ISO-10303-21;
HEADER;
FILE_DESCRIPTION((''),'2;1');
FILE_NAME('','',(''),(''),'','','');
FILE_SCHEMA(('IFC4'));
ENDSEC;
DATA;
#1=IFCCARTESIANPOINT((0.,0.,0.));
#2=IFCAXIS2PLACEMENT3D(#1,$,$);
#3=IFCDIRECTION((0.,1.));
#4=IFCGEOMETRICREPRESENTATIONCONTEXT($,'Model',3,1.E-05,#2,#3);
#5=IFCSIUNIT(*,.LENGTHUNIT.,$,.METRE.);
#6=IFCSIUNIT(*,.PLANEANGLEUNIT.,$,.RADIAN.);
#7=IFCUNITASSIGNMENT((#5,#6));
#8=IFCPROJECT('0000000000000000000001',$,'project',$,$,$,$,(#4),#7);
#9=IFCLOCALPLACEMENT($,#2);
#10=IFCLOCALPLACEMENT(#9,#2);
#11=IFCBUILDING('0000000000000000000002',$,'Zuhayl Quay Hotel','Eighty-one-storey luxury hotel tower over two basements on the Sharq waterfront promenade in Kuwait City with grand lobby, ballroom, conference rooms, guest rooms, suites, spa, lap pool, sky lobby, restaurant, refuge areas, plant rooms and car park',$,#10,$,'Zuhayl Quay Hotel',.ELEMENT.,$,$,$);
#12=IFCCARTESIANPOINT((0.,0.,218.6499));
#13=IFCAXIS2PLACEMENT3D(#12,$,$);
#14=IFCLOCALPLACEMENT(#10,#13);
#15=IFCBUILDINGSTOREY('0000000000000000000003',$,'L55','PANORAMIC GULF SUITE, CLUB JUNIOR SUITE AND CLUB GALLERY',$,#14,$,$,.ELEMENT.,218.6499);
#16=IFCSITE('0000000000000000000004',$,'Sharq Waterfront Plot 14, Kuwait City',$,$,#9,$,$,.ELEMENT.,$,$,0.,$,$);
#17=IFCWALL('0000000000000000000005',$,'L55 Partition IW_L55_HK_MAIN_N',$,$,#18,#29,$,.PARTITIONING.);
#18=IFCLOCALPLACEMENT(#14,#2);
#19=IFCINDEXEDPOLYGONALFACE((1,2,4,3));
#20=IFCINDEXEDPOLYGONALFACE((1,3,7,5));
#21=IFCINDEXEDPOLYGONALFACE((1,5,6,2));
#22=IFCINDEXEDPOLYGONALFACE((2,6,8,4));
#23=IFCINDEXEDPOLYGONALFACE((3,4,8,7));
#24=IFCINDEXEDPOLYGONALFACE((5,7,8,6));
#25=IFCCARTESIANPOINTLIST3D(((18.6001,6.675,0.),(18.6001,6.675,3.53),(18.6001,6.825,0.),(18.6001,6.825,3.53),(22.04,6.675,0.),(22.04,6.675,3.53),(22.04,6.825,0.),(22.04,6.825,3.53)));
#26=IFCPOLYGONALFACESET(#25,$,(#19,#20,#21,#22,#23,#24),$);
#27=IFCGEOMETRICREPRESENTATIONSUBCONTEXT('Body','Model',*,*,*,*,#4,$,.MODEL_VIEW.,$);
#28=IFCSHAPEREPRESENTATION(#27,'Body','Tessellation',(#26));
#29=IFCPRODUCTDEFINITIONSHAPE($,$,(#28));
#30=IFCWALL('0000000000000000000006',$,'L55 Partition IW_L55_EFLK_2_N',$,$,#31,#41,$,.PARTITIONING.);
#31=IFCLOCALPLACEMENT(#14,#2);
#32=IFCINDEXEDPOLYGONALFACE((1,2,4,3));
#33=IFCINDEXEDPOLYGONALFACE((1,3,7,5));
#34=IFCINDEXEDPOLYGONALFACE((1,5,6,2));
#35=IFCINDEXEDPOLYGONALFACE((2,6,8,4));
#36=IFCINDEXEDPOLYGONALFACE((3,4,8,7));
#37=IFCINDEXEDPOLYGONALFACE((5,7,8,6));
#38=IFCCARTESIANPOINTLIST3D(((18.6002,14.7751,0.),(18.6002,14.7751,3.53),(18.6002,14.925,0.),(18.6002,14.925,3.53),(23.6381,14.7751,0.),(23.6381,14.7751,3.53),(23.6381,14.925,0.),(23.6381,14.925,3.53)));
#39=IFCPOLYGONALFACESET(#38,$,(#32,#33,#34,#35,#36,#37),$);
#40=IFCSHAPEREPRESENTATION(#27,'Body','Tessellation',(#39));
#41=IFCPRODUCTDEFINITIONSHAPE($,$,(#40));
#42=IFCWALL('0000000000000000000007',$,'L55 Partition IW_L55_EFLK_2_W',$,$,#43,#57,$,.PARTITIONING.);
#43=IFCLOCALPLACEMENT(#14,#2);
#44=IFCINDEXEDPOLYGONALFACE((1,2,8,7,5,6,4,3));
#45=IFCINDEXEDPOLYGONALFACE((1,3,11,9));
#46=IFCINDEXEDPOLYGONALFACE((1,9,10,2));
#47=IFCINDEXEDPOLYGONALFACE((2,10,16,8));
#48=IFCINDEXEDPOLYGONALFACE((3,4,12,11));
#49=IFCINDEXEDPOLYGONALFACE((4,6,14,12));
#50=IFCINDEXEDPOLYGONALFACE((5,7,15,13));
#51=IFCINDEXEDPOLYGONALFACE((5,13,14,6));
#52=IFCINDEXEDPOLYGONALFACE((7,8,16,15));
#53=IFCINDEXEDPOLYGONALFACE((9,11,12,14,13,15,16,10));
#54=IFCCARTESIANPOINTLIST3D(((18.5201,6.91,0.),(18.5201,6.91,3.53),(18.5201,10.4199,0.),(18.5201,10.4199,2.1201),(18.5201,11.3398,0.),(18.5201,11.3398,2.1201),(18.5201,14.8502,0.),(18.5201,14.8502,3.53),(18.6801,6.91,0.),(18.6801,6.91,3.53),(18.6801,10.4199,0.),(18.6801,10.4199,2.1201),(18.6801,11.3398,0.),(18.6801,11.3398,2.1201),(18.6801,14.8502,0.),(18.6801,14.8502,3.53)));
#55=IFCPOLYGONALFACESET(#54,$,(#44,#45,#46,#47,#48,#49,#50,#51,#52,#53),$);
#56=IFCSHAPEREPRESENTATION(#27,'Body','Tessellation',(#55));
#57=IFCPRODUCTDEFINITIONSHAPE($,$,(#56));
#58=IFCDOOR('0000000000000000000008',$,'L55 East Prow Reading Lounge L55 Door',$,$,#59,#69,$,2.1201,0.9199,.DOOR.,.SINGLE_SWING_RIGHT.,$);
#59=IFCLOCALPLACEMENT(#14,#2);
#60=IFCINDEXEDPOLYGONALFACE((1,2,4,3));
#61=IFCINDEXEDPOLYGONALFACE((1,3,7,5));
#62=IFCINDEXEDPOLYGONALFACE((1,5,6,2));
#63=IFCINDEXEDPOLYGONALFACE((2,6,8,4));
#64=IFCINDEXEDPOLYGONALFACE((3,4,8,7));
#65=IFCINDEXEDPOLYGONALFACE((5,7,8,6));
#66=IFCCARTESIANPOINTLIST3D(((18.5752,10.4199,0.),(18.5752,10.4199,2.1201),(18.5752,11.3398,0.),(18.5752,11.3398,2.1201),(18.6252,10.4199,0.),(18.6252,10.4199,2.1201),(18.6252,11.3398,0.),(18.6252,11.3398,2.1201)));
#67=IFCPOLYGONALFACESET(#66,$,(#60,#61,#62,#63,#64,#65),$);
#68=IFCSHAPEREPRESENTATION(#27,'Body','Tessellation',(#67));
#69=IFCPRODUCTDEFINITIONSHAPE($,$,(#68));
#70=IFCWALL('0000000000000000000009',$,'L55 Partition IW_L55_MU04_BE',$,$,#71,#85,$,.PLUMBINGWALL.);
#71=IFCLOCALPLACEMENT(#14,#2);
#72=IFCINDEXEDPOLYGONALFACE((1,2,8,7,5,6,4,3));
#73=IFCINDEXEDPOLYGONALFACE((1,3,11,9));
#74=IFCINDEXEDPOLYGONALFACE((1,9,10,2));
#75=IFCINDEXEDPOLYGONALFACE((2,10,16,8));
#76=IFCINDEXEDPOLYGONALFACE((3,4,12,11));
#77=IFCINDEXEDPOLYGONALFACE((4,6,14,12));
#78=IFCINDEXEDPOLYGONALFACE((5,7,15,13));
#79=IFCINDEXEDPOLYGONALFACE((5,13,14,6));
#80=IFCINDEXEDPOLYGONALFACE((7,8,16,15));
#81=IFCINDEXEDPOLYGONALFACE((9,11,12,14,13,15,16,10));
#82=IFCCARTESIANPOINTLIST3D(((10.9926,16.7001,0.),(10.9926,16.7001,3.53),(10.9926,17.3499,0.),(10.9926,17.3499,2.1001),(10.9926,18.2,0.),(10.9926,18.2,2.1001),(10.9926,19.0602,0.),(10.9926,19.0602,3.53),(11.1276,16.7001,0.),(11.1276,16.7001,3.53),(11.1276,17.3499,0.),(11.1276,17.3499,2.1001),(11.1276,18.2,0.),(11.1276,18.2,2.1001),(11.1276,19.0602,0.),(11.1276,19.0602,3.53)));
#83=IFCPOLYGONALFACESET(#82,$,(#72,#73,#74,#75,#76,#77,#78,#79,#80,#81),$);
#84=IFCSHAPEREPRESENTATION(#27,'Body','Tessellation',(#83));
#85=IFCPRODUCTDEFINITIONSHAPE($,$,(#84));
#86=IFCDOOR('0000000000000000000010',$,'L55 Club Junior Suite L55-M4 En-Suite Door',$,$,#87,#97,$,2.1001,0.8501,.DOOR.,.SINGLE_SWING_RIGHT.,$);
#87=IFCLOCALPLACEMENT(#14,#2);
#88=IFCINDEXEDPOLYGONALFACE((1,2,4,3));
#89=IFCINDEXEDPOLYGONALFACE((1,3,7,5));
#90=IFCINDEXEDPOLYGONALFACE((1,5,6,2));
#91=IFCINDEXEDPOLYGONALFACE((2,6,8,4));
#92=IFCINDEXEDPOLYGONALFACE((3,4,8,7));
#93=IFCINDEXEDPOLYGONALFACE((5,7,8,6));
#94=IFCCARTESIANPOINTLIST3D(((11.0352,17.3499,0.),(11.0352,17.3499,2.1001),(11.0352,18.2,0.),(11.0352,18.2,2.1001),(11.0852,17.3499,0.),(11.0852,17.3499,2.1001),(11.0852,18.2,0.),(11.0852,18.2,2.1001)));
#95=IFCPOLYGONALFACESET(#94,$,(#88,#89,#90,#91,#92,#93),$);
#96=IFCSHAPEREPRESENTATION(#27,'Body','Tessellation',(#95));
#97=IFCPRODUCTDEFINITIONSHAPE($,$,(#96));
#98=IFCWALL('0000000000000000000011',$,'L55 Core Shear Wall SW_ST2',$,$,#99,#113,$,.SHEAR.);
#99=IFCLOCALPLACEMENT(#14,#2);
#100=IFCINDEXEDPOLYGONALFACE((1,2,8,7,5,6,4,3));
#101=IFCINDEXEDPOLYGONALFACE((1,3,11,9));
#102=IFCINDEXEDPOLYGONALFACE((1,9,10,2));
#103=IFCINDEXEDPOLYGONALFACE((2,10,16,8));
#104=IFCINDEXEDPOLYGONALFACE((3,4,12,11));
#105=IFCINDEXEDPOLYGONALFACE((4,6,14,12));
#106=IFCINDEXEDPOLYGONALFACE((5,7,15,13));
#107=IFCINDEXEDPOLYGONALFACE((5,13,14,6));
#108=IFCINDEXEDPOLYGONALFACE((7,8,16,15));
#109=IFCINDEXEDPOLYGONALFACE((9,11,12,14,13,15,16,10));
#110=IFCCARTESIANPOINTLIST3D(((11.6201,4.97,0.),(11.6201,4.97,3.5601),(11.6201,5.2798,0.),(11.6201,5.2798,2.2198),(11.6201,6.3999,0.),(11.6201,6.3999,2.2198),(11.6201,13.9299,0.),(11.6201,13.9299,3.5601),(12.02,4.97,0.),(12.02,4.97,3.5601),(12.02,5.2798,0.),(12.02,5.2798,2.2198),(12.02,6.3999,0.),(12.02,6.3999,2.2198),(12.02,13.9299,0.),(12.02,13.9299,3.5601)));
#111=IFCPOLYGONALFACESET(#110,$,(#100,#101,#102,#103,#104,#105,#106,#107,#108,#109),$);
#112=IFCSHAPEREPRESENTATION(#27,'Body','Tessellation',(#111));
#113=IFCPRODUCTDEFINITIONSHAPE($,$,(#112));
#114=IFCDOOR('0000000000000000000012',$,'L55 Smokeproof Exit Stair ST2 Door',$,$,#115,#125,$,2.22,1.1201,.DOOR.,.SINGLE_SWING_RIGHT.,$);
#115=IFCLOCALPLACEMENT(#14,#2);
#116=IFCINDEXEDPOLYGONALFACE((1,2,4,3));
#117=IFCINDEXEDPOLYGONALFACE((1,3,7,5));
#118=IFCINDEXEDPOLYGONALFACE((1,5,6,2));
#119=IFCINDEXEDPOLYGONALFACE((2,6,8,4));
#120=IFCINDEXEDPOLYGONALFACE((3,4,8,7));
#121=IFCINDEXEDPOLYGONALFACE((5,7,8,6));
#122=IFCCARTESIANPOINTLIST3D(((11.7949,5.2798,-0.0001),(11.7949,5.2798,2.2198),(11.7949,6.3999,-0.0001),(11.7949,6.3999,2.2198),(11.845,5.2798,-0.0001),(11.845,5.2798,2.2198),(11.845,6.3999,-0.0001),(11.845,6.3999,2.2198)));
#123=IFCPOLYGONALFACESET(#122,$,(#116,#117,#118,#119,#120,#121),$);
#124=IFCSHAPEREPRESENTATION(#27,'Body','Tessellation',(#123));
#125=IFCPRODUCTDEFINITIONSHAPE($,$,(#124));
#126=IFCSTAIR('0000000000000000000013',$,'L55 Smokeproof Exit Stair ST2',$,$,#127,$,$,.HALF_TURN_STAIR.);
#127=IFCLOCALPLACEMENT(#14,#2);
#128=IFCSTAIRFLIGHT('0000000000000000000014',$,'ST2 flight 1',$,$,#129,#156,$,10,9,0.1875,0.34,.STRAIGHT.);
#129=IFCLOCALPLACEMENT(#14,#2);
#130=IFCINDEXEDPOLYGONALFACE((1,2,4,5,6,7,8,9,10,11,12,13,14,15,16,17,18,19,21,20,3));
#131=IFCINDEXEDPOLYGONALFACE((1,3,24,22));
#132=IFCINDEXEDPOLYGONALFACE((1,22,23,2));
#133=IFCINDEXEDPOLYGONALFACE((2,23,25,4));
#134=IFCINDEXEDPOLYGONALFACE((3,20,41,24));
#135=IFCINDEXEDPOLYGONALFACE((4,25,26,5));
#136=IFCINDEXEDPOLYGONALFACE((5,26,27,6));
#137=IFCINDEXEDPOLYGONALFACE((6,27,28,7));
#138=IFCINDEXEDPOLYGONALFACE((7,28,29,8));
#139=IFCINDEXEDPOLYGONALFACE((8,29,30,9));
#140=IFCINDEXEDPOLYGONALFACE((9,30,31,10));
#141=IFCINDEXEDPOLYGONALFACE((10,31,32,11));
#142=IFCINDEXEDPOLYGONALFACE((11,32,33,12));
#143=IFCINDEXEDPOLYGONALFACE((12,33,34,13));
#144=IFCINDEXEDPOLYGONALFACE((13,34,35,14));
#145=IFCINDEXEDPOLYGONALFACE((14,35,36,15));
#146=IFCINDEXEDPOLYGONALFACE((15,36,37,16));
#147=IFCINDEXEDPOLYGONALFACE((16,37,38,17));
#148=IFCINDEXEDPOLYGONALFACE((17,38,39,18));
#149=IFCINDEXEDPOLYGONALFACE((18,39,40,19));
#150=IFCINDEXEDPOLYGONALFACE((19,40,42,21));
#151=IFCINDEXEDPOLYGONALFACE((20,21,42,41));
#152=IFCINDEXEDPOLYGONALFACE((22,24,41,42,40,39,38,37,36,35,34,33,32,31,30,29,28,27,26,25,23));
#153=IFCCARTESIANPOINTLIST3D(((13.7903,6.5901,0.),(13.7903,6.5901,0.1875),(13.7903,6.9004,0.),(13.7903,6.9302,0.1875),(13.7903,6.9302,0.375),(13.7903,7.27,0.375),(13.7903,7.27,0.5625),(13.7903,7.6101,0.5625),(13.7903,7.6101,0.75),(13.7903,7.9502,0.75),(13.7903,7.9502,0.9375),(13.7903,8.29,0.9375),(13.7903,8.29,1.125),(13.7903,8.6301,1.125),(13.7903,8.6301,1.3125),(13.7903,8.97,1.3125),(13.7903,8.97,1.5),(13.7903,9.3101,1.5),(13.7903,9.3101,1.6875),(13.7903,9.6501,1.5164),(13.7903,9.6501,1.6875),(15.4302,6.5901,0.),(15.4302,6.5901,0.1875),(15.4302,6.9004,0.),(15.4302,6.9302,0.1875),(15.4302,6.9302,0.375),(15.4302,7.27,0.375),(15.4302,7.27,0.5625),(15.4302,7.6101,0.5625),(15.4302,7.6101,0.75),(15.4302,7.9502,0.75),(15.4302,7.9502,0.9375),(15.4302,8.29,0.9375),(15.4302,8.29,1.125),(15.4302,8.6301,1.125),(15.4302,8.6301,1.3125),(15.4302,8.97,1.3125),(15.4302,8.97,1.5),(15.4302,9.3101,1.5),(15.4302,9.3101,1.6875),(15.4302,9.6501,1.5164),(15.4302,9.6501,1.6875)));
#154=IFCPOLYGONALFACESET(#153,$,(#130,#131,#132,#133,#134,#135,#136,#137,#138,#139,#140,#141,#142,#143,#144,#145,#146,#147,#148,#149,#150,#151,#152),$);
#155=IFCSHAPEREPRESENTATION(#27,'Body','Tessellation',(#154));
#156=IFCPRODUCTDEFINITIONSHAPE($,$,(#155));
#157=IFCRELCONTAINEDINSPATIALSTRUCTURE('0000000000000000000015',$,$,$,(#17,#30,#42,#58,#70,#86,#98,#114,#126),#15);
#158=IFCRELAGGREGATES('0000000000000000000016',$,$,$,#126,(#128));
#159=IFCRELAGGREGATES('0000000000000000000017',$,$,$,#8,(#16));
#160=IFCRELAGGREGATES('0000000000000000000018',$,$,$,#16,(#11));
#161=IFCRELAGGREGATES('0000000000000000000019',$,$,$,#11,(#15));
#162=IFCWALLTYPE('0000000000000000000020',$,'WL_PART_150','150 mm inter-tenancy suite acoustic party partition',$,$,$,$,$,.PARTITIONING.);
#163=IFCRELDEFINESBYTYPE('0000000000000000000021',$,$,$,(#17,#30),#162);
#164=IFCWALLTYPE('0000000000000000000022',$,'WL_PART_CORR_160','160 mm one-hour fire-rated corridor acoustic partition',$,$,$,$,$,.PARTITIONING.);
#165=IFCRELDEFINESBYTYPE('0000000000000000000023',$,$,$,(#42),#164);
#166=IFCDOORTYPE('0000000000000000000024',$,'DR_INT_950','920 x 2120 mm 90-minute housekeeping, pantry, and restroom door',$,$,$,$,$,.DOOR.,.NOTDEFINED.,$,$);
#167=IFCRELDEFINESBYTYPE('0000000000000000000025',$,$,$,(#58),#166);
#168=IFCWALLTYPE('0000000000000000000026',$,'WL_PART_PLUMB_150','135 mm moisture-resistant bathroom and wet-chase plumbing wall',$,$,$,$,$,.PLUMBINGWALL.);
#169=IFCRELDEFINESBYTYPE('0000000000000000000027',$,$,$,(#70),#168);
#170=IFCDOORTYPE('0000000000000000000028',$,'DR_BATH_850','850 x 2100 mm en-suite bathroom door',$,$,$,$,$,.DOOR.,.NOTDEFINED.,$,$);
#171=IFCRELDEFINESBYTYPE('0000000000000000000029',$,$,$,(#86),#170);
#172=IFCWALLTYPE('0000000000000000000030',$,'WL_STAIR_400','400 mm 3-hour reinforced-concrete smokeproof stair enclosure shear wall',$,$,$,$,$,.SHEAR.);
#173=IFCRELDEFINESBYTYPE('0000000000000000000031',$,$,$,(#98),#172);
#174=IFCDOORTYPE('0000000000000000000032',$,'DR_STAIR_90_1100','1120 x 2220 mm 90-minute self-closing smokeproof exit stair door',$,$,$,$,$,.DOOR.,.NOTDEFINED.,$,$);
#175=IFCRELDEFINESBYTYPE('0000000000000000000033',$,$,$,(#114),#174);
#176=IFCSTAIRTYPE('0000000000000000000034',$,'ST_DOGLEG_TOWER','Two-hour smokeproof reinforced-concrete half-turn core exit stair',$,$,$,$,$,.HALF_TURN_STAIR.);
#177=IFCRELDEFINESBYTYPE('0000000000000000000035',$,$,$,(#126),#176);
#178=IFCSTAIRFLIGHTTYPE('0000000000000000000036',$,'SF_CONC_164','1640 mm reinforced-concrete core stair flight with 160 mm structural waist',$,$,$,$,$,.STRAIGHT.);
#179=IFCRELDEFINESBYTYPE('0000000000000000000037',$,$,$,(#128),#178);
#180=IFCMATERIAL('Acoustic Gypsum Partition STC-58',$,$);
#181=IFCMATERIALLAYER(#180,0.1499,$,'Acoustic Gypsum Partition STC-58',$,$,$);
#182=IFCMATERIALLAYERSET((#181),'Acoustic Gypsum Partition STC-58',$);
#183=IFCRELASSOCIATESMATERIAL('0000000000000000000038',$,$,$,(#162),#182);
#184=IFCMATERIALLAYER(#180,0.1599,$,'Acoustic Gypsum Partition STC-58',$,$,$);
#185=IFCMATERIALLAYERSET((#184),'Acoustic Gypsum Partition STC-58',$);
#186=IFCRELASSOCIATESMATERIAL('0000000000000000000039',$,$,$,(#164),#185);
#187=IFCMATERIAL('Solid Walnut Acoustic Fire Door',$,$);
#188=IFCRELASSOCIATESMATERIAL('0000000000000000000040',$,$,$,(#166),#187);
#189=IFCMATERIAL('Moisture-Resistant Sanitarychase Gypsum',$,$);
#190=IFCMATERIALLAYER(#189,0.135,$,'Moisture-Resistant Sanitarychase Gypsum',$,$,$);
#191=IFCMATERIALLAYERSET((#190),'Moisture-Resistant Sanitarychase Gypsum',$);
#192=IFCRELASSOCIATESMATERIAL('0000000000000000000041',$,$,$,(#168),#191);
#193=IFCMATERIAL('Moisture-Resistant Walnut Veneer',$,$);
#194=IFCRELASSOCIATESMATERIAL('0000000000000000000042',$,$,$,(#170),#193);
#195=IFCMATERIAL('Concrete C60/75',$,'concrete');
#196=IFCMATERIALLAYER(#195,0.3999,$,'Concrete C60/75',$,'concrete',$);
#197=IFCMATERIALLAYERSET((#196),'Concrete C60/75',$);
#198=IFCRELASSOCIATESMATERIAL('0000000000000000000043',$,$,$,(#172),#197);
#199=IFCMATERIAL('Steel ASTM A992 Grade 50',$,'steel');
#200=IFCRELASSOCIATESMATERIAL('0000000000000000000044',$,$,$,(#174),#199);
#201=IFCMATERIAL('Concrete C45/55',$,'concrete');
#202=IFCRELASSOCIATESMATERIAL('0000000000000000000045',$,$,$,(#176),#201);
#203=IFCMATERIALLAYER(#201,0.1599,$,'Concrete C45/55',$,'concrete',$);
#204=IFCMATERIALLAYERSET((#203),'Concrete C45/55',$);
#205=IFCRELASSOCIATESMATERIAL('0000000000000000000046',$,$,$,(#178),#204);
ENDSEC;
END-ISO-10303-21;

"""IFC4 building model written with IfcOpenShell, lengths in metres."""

from ifc_helpers import new_model, si_unit, direction, frame, frame_2d, origin, place, context, subcontext, project, spatial, polyline, rectangle, outline, extrude, material, layer, layer_set, type_object, element, fill, aggregate, save


model = new_model("IFC4")

# Units and contexts
model_context = context("Model", 3, precision=1e-05, world=origin(), true_north=direction((0.0, 1.0)))
body_context = subcontext(model_context, "Body", "Model", "MODEL_VIEW")
ifc_project = project(units=[si_unit("LENGTHUNIT", "METRE"), si_unit("PLANEANGLEUNIT", "RADIAN")], contexts=[model_context])

# Site, building, storey
site_placement = place(None, origin())
site = spatial("IfcSite", under=ifc_project, at=site_placement, Name="Sharq Waterfront Plot 14, Kuwait City", CompositionType="ELEMENT", RefElevation=0.0)
building_placement = place(site_placement, origin())
building = spatial("IfcBuilding", under=site, at=building_placement, Name="Zuhayl Quay Hotel", Description="Eighty-one-storey luxury hotel tower over two basements on the Sharq waterfront promenade in Kuwait City with grand lobby, ballroom, conference rooms, guest rooms, suites, spa, lap pool, sky lobby, restaurant, refuge areas, plant rooms and car park", LongName="Zuhayl Quay Hotel", CompositionType="ELEMENT")
storey_placement = place(building_placement, frame((0.0, 0.0, 218.6499)))
storey = spatial("IfcBuildingStorey", under=building, at=storey_placement, Name="L55", Description="PANORAMIC GULF SUITE, CLUB JUNIOR SUITE AND CLUB GALLERY", CompositionType="ELEMENT", Elevation=218.6499)

# Shared definitions
ifc_material_1 = material(Name="Concrete C60/75", Category="concrete")

# Shared definitions
ifc_material_2 = material(Name="Steel ASTM A992 Grade 50", Category="steel")

# Walls
ifc_material_3 = material(Name="Acoustic Gypsum Partition STC-58")
ifc_layer_1 = layer(ifc_material_3, 0.1499, Name="Acoustic Gypsum Partition STC-58")
ifc_layer_set_1 = layer_set([ifc_layer_1], Name="Acoustic Gypsum Partition STC-58")
wall_type_1 = type_object("IfcWallType", Name="WL_PART_150", Description="150 mm inter-tenancy suite acoustic party partition", PredefinedType="PARTITIONING", material=ifc_layer_set_1)
wall_1_placement = place(storey_placement, frame((18.6001, 6.75, 0.0), z_axis=(0.0, 0.0, 1.0), x_axis=(1.0, 0.0, 0.0)))
element("IfcWall", 1, at=wall_1_placement, inside=storey, type_object=wall_type_1, Name="L55 Partition IW_L55_HK_MAIN_N", PredefinedType="PARTITIONING", context=body_context, shape_type="SweptSolid", body=[
    extrude(rectangle(XDim=3.4399, YDim=0.1499, at=frame_2d((1.72, 0.0))), origin(), (0.0, 0.0, 1.0), 3.53),
])
wall_2_placement = place(storey_placement, frame((18.6001, 14.8501, 0.0), z_axis=(0.0, 0.0, 1.0), x_axis=(1.0, 0.0, 0.0)))
element("IfcWall", 2, at=wall_2_placement, inside=storey, type_object=wall_type_1, Name="L55 Partition IW_L55_EFLK_2_N", PredefinedType="PARTITIONING", context=body_context, shape_type="SweptSolid", body=[
    extrude(rectangle(XDim=5.0378, YDim=0.1499, at=frame_2d((2.519, 0.0))), origin(), (0.0, 0.0, 1.0), 3.53),
])

# Walls, openings, doors
ifc_layer_2 = layer(ifc_material_3, 0.1599, Name="Acoustic Gypsum Partition STC-58")
ifc_layer_set_2 = layer_set([ifc_layer_2], Name="Acoustic Gypsum Partition STC-58")
wall_type_2 = type_object("IfcWallType", Name="WL_PART_CORR_160", Description="160 mm one-hour fire-rated corridor acoustic partition", PredefinedType="PARTITIONING", material=ifc_layer_set_2)
wall_3_placement = place(storey_placement, frame((18.6001, 6.9099, 0.0), z_axis=(0.0, 0.0, 1.0), x_axis=(0.0, 1.0, 0.0)))
wall_3 = element("IfcWall", 3, at=wall_3_placement, inside=storey, type_object=wall_type_2, Name="L55 Partition IW_L55_EFLK_2_W", PredefinedType="PARTITIONING", context=body_context, shape_type="SweptSolid", body=[
    extrude(rectangle(XDim=7.9402, YDim=0.1599, at=frame_2d((3.9702, 0.0))), origin(), (0.0, 0.0, 1.0), 3.53),
])
opening_1_placement = place(wall_3_placement, frame((3.51, 0.0, 0.0)))
opening_1 = element("IfcOpeningElement", 4, at=opening_1_placement, cuts=wall_3, PredefinedType="OPENING", context=body_context, shape_type="SweptSolid", body=[
    extrude(rectangle(XDim=0.9199, YDim=2.1201, at=frame_2d((0.46, 1.0601))), frame((0.0, 0.0898, 0.0), z_axis=(0.0, -1.0, 0.0), x_axis=(1.0, 0.0, 0.0)), (0.0, 0.0, 1.0), 0.1799),
])
ifc_material_4 = material(Name="Solid Walnut Acoustic Fire Door")
door_type_1 = type_object("IfcDoorType", Name="DR_INT_950", Description="920 x 2120 mm 90-minute housekeeping, pantry, and restroom door", OperationType="NOTDEFINED", PredefinedType="DOOR", material=ifc_material_4)
door_1_placement = place(opening_1_placement, origin())
door_1 = element("IfcDoor", 5, at=door_1_placement, inside=storey, type_object=door_type_1, Name="L55 East Prow Reading Lounge L55 Door", OperationType="SINGLE_SWING_RIGHT", OverallHeight=2.1201, OverallWidth=0.9199, PredefinedType="DOOR", context=body_context, shape_type="SweptSolid", body=[
    extrude(rectangle(XDim=0.9199, YDim=2.1201, at=frame_2d((0.46, 1.0601))), frame((0.0, 0.0249, 0.0), z_axis=(0.0, -1.0, 0.0), x_axis=(1.0, 0.0, 0.0)), (0.0, 0.0, 1.0), 0.05),
])
fill(opening_1, door_1)
ifc_material_5 = material(Name="Moisture-Resistant Sanitarychase Gypsum")
ifc_layer_3 = layer(ifc_material_5, 0.135, Name="Moisture-Resistant Sanitarychase Gypsum")
ifc_layer_set_3 = layer_set([ifc_layer_3], Name="Moisture-Resistant Sanitarychase Gypsum")
wall_type_3 = type_object("IfcWallType", Name="WL_PART_PLUMB_150", Description="135 mm moisture-resistant bathroom and wet-chase plumbing wall", PredefinedType="PLUMBINGWALL", material=ifc_layer_set_3)
wall_4_placement = place(storey_placement, frame((11.0601, 16.7, 0.0), z_axis=(0.0, 0.0, 1.0), x_axis=(0.0, 1.0, 0.0)))
wall_4 = element("IfcWall", 6, at=wall_4_placement, inside=storey, type_object=wall_type_3, Name="L55 Partition IW_L55_MU04_BE", PredefinedType="PLUMBINGWALL", context=body_context, shape_type="SweptSolid", body=[
    extrude(rectangle(XDim=2.3601, YDim=0.135, at=frame_2d((1.1802, 0.0))), origin(), (0.0, 0.0, 1.0), 3.53),
])
opening_2_placement = place(wall_4_placement, frame((0.6499, 0.0, 0.0)))
opening_2 = element("IfcOpeningElement", 7, at=opening_2_placement, cuts=wall_4, PredefinedType="OPENING", context=body_context, shape_type="SweptSolid", body=[
    extrude(rectangle(XDim=0.8501, YDim=2.1001, at=frame_2d((0.425, 1.05))), frame((0.0, 0.0774, 0.0), z_axis=(0.0, -1.0, 0.0), x_axis=(1.0, 0.0, 0.0)), (0.0, 0.0, 1.0), 0.155),
])
ifc_material_6 = material(Name="Moisture-Resistant Walnut Veneer")
door_type_2 = type_object("IfcDoorType", Name="DR_BATH_850", Description="850 x 2100 mm en-suite bathroom door", OperationType="NOTDEFINED", PredefinedType="DOOR", material=ifc_material_6)
door_2_placement = place(opening_2_placement, origin())
door_2 = element("IfcDoor", 8, at=door_2_placement, inside=storey, type_object=door_type_2, Name="L55 Club Junior Suite L55-M4 En-Suite Door", OperationType="SINGLE_SWING_RIGHT", OverallHeight=2.1001, OverallWidth=0.8501, PredefinedType="DOOR", context=body_context, shape_type="SweptSolid", body=[
    extrude(rectangle(XDim=0.8501, YDim=2.1001, at=frame_2d((0.425, 1.05))), frame((0.0, 0.0249, 0.0), z_axis=(0.0, -1.0, 0.0), x_axis=(1.0, 0.0, 0.0)), (0.0, 0.0, 1.0), 0.05),
])
fill(opening_2, door_2)
ifc_layer_4 = layer(ifc_material_1, 0.3999, Name="Concrete C60/75", Category="concrete")
ifc_layer_set_4 = layer_set([ifc_layer_4], Name="Concrete C60/75")
wall_type_4 = type_object("IfcWallType", Name="WL_STAIR_400", Description="400 mm 3-hour reinforced-concrete smokeproof stair enclosure shear wall", PredefinedType="SHEAR", material=ifc_layer_set_4)
wall_5_placement = place(storey_placement, frame((11.8201, 13.9299, 0.0), z_axis=(0.0, 0.0, 1.0), x_axis=(0.0, -1.0, 0.0)))
wall_5 = element("IfcWall", 9, at=wall_5_placement, inside=storey, type_object=wall_type_4, Name="L55 Core Shear Wall SW_ST2", PredefinedType="SHEAR", context=body_context, shape_type="SweptSolid", body=[
    extrude(rectangle(XDim=8.96, YDim=0.3999, at=frame_2d((4.48, 0.0))), origin(), (0.0, 0.0, 1.0), 3.5601),
])
opening_3_placement = place(wall_5_placement, frame((7.53, 0.0, 0.0)))
opening_3 = element("IfcOpeningElement", 10, at=opening_3_placement, cuts=wall_5, PredefinedType="OPENING", context=body_context, shape_type="SweptSolid", body=[
    extrude(rectangle(XDim=1.1201, YDim=2.22, at=frame_2d((0.5601, 1.1099))), frame((0.0, 0.21, 0.0), z_axis=(0.0, -1.0, 0.0), x_axis=(1.0, 0.0, 0.0)), (0.0, 0.0, 1.0), 0.4199),
])
door_type_3 = type_object("IfcDoorType", Name="DR_STAIR_90_1100", Description="1120 x 2220 mm 90-minute self-closing smokeproof exit stair door", OperationType="NOTDEFINED", PredefinedType="DOOR", material=ifc_material_2)
door_3_placement = place(opening_3_placement, origin())
door_3 = element("IfcDoor", 11, at=door_3_placement, inside=storey, type_object=door_type_3, Name="L55 Smokeproof Exit Stair ST2 Door", OperationType="SINGLE_SWING_RIGHT", OverallHeight=2.22, OverallWidth=1.1201, PredefinedType="DOOR", context=body_context, shape_type="SweptSolid", body=[
    extrude(rectangle(XDim=1.1201, YDim=2.22, at=frame_2d((0.5601, 1.1099))), frame((0.0, 0.0249, 0.0), z_axis=(0.0, -1.0, 0.0), x_axis=(1.0, 0.0, 0.0)), (0.0, 0.0, 1.0), 0.05),
])
fill(opening_3, door_3)

# Stair, stair flight
ifc_material_7 = material(Name="Concrete C45/55", Category="concrete")
stair_type = type_object("IfcStairType", Name="ST_DOGLEG_TOWER", Description="Two-hour smokeproof reinforced-concrete half-turn core exit stair", PredefinedType="HALF_TURN_STAIR", material=ifc_material_7)
stair_placement = place(storey_placement, origin())
stair = element("IfcStair", 12, at=stair_placement, inside=storey, type_object=stair_type, Name="L55 Smokeproof Exit Stair ST2", PredefinedType="HALF_TURN_STAIR")
ifc_layer_5 = layer(ifc_material_7, 0.1599, Name="Concrete C45/55", Category="concrete")
ifc_layer_set_5 = layer_set([ifc_layer_5], Name="Concrete C45/55")
stair_flight_type = type_object("IfcStairFlightType", Name="SF_CONC_164", Description="1640 mm reinforced-concrete core stair flight with 160 mm structural waist", PredefinedType="STRAIGHT", material=ifc_layer_set_5)
stair_flight_1_placement = place(storey_placement, frame((14.6101, 6.5901, 0.0), z_axis=(0.0, 0.0, 1.0), x_axis=(0.0, 1.0, 0.0)))
stair_flight_1 = element("IfcStairFlight", 13, at=stair_flight_1_placement, type_object=stair_flight_type, Name="ST2 flight 1", NumberOfRisers=10, NumberOfTreads=9, PredefinedType="STRAIGHT", RiserHeight=0.1875, TreadLength=0.34, context=body_context, shape_type="SweptSolid", body=[
    extrude(outline(polyline([(0.0, 0.0), (0.0, 0.1875), (0.3401, 0.1875), (0.3401, 0.375), (0.6799, 0.375), (0.6799, 0.5625), (1.02, 0.5625), (1.02, 0.75), (1.3601, 0.75), (1.3601, 0.9375), (1.7, 0.9375), (1.7, 1.125), (2.04, 1.125), (2.04, 1.3125), (2.3799, 1.3125), (2.3799, 1.5), (2.72, 1.5), (2.72, 1.6875), (3.0601, 1.6875), (3.0601, 1.875), (3.0601, 1.5164), (0.3103, 0.0), (0.0, 0.0)])), frame((0.0, 0.8198, 0.0), z_axis=(0.0, -1.0, 0.0), x_axis=(1.0, 0.0, 0.0)), (0.0, 0.0, 1.0), 1.6399),
])
aggregate(stair, [stair_flight_1])

save(model, "model.ifc")
